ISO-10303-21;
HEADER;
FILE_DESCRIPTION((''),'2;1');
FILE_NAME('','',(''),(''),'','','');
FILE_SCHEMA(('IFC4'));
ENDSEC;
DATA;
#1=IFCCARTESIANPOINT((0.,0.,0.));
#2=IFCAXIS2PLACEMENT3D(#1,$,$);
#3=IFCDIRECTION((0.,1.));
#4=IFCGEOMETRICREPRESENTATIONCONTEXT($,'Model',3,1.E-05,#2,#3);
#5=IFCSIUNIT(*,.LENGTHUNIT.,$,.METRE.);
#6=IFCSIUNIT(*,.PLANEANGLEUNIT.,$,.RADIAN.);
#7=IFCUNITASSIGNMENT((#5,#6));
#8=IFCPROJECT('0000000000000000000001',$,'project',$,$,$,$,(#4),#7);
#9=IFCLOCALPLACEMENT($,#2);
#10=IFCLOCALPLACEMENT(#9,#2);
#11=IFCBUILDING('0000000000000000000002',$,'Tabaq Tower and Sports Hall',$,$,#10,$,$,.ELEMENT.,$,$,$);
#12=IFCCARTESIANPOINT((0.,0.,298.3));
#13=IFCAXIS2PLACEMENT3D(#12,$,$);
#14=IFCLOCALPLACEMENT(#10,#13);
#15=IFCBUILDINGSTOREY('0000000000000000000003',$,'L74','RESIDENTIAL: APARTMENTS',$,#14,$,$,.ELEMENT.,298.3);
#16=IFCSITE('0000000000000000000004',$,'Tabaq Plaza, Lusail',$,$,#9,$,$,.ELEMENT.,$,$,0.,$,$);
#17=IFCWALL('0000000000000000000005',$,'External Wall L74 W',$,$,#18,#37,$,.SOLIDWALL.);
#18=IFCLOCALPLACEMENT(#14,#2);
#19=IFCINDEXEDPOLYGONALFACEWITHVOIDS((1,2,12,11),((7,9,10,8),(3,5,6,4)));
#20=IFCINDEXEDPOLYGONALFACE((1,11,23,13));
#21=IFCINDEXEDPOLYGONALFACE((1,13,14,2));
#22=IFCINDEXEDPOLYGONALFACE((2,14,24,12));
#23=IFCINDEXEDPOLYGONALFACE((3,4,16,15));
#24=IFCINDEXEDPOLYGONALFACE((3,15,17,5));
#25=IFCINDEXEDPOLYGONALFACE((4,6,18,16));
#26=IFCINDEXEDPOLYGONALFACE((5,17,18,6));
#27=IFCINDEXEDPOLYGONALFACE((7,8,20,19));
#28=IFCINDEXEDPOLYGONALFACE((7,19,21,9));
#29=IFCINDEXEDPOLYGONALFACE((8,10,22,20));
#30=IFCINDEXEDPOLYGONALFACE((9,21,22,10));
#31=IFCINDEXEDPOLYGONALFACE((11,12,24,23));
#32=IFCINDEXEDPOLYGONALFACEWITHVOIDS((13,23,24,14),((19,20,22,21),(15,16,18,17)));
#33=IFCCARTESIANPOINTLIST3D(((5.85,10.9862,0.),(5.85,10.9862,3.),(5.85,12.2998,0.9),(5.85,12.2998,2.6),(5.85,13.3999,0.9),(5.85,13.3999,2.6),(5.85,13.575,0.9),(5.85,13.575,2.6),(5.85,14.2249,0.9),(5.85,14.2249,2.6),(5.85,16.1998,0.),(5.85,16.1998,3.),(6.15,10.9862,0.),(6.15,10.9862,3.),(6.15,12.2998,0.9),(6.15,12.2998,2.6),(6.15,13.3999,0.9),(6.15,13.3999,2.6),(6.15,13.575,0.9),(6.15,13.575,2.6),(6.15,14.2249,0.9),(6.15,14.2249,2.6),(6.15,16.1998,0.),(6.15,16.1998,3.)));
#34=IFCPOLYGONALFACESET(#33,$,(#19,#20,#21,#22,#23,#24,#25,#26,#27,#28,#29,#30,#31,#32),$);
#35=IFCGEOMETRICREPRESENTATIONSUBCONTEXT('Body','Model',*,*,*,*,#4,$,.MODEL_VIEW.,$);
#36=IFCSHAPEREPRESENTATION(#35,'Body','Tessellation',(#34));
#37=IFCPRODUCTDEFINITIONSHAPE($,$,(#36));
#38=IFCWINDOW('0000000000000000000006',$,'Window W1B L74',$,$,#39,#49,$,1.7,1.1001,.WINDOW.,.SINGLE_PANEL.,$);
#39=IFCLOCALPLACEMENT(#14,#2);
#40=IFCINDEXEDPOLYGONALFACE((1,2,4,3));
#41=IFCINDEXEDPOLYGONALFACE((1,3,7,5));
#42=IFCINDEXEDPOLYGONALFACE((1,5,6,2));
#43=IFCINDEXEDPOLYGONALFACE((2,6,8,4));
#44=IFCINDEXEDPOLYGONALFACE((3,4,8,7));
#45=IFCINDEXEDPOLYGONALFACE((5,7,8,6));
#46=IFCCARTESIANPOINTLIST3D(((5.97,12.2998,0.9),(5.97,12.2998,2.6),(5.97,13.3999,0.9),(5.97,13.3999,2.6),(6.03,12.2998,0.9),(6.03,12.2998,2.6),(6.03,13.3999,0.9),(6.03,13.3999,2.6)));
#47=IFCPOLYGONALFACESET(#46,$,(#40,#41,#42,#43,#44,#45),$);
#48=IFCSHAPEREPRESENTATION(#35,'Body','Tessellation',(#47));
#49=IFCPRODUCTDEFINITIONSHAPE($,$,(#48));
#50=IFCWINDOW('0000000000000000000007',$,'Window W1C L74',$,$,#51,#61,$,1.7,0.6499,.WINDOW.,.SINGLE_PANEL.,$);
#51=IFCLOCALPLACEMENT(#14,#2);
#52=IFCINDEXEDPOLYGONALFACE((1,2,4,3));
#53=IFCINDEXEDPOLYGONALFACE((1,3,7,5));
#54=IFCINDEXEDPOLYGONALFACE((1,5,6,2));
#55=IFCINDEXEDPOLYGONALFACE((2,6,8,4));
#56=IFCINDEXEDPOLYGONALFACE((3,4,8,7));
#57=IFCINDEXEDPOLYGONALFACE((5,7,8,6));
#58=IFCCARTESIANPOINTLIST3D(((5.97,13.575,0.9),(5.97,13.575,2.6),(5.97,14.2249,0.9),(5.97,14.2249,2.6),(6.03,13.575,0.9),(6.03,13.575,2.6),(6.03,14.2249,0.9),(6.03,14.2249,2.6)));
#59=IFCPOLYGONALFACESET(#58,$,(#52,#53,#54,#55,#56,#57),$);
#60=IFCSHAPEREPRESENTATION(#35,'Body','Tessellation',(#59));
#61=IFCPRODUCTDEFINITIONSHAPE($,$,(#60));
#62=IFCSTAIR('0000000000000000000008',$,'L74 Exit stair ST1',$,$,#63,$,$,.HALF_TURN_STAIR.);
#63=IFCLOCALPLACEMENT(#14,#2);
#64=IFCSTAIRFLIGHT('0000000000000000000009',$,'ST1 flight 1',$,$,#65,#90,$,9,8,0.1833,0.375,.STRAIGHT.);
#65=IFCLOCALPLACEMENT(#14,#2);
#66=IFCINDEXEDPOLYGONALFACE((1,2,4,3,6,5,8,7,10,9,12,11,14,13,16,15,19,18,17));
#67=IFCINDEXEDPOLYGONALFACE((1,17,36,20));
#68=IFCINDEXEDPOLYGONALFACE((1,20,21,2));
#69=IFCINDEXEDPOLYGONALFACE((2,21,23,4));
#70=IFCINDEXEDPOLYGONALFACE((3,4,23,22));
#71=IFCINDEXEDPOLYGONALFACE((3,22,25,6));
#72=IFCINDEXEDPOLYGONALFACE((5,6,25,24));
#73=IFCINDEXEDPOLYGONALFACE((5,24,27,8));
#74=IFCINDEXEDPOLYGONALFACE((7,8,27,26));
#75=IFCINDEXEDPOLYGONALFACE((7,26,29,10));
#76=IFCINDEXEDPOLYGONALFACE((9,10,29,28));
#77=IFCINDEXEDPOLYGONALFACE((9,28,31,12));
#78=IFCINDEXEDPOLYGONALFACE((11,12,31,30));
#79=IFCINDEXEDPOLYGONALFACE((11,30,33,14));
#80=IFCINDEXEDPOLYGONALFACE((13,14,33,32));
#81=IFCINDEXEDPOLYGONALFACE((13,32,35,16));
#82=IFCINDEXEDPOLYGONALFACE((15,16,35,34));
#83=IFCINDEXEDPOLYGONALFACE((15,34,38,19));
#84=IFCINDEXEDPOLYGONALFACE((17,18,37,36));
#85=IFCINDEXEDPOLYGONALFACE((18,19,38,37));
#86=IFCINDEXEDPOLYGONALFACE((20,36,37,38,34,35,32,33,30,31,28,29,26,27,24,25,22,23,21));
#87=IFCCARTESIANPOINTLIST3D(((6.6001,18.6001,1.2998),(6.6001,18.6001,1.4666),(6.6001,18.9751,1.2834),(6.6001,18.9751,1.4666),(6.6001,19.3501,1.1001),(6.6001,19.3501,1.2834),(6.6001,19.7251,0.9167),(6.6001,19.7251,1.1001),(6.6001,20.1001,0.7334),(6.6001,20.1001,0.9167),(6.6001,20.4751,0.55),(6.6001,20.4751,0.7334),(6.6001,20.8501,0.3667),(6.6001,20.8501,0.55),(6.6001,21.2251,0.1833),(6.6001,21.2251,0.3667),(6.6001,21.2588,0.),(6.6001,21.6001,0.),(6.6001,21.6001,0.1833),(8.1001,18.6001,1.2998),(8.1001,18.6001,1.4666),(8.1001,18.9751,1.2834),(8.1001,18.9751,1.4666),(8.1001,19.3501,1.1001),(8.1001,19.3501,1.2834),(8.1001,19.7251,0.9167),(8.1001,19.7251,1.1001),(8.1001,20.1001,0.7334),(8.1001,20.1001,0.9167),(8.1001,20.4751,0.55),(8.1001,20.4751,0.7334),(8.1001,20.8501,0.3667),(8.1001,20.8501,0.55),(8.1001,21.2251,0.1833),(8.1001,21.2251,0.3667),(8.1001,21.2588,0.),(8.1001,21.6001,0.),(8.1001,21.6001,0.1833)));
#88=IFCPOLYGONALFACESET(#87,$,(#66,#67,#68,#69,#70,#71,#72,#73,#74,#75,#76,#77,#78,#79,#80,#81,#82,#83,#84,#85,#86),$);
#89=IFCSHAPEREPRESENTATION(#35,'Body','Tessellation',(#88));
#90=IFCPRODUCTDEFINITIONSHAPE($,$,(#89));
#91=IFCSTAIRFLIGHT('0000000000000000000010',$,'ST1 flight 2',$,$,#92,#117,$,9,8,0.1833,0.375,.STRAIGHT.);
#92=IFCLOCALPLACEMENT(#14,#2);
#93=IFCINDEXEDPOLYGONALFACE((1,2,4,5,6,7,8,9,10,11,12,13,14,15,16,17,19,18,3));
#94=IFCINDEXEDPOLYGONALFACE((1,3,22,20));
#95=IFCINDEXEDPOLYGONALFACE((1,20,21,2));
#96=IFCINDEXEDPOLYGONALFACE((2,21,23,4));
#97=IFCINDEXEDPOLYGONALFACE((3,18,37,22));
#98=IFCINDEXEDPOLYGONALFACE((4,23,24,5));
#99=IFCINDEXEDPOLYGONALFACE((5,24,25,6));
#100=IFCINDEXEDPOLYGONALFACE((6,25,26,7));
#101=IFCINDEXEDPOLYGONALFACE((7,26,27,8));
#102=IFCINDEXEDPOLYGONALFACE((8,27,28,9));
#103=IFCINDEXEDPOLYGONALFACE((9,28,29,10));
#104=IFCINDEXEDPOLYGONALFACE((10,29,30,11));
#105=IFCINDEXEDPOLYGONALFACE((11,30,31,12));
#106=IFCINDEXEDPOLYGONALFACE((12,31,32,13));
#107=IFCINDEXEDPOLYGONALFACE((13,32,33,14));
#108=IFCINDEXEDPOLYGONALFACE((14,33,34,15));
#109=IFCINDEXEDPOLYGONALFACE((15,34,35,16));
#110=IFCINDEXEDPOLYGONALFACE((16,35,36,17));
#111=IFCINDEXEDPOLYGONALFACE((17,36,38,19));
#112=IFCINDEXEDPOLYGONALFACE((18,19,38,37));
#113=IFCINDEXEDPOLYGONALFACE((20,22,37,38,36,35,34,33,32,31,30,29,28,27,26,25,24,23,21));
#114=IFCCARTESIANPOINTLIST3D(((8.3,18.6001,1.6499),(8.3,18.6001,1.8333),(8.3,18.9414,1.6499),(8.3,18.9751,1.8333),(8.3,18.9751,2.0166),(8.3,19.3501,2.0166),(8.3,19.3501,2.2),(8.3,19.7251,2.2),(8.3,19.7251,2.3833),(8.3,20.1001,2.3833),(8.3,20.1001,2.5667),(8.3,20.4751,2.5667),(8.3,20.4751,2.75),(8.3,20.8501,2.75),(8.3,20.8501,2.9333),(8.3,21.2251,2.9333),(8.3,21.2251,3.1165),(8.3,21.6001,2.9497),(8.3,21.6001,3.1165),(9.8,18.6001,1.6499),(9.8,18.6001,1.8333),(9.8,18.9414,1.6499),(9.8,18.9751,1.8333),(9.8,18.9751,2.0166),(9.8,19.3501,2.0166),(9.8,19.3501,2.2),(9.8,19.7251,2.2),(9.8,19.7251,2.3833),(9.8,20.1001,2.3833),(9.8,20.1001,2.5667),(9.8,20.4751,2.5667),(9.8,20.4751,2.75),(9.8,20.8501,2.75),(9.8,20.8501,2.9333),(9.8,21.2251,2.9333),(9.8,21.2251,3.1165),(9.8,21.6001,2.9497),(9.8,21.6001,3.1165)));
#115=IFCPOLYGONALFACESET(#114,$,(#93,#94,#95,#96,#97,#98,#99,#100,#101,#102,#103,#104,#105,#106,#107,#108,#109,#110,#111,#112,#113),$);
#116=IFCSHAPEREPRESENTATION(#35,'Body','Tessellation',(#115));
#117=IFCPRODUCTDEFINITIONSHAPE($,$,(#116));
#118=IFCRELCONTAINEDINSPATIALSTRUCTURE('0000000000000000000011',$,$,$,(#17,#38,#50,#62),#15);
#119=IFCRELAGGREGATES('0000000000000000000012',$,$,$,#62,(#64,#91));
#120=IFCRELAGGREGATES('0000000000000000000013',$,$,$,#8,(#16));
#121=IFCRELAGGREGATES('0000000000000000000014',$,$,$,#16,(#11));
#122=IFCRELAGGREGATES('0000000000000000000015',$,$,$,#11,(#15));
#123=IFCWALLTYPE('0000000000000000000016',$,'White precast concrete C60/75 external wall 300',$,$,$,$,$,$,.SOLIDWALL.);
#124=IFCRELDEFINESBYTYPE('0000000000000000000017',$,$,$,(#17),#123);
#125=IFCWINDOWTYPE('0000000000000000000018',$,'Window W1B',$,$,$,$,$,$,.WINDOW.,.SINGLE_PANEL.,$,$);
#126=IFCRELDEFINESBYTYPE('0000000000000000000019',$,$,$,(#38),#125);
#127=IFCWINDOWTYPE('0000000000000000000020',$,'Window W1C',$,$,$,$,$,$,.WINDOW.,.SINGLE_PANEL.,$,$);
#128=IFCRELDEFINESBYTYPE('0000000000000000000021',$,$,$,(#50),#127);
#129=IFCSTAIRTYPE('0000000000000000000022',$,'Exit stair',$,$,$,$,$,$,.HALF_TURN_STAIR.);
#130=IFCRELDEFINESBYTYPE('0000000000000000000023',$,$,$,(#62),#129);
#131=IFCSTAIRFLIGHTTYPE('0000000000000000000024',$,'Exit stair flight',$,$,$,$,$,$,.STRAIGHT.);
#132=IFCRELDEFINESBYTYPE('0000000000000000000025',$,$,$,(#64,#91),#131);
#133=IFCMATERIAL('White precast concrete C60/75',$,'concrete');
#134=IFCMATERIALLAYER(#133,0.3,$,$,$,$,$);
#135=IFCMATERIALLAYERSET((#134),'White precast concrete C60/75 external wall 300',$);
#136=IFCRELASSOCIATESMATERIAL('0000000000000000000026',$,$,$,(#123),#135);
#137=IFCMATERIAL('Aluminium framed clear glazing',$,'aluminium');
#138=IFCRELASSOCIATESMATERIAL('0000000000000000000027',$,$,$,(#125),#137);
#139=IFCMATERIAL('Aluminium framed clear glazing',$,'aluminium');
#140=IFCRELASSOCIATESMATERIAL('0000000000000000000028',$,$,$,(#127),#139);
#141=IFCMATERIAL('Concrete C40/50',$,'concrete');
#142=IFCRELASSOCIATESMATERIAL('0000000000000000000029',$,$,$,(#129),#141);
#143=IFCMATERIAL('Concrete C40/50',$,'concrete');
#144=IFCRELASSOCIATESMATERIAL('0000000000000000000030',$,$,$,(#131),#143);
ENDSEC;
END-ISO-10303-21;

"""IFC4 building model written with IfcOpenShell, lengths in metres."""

from ifc_helpers import new_model, si_unit, direction, frame, frame_2d, origin, place, context, subcontext, project, spatial, polyline, rectangle, outline, extrude, material, layer, layer_set, type_object, element, fill, aggregate, save


model = new_model("IFC4")

# Units and contexts
model_context = context("Model", 3, precision=1e-05, world=origin(), true_north=direction((0.0, 1.0)))
body_context = subcontext(model_context, "Body", "Model", "MODEL_VIEW")
ifc_project = project(units=[si_unit("LENGTHUNIT", "METRE"), si_unit("PLANEANGLEUNIT", "RADIAN")], contexts=[model_context])

# Site, building, storey
site_placement = place(None, origin())
site = spatial("IfcSite", under=ifc_project, at=site_placement, Name="Tabaq Plaza, Lusail", CompositionType="ELEMENT", RefElevation=0.0)
building_placement = place(site_placement, origin())
building = spatial("IfcBuilding", under=site, at=building_placement, Name="Tabaq Tower and Sports Hall", CompositionType="ELEMENT")
storey_placement = place(building_placement, frame((0.0, 0.0, 298.3)))
storey = spatial("IfcBuildingStorey", under=building, at=storey_placement, Name="L74", Description="RESIDENTIAL: APARTMENTS", CompositionType="ELEMENT", Elevation=298.3)

# Wall, openings, windows
ifc_material_1 = material(Name="White precast concrete C60/75", Category="concrete")
ifc_layer_1 = layer(ifc_material_1, 0.3)
ifc_layer_set_1 = layer_set([ifc_layer_1], Name="White precast concrete C60/75 external wall 300")
wall_type_1 = type_object("IfcWallType", Name="White precast concrete C60/75 external wall 300", PredefinedType="SOLIDWALL", material=ifc_layer_set_1)
wall_1_placement = place(storey_placement, frame((6.0, 16.2, 0.0), z_axis=(0.0, 0.0, 1.0), x_axis=(0.0, -1.0, 0.0)))
wall_1 = element("IfcWall", 1, at=wall_1_placement, inside=storey, type_object=wall_type_1, Name="External Wall L74 W", PredefinedType="SOLIDWALL", context=body_context, shape_type="SweptSolid", body=[
    extrude(rectangle(XDim=5.2136, YDim=0.3, at=frame_2d((2.6069, 0.0))), origin(), (0.0, 0.0, 1.0), 3.0),
])
opening_1_placement = place(wall_1_placement, frame((1.9751, 0.0, 0.8999)))
opening_1 = element("IfcOpeningElement", 2, at=opening_1_placement, cuts=wall_1, PredefinedType="OPENING", context=body_context, shape_type="SweptSolid", body=[
    extrude(rectangle(XDim=0.6499, YDim=1.7, at=frame_2d((0.325, 0.8501))), frame((0.0, 0.1602, 0.0), z_axis=(0.0, -1.0, 0.0), x_axis=(1.0, 0.0, 0.0)), (0.0, 0.0, 1.0), 0.3201),
])
opening_2_placement = place(wall_1_placement, frame((2.8, 0.0, 0.8999)))
opening_2 = element("IfcOpeningElement", 3, at=opening_2_placement, cuts=wall_1, PredefinedType="OPENING", context=body_context, shape_type="SweptSolid", body=[
    extrude(rectangle(XDim=1.1001, YDim=1.7, at=frame_2d((0.55, 0.8501))), frame((0.0, 0.1602, 0.0), z_axis=(0.0, -1.0, 0.0), x_axis=(1.0, 0.0, 0.0)), (0.0, 0.0, 1.0), 0.3201),
])
ifc_material_2 = material(Name="Aluminium framed clear glazing", Category="aluminium")
window_type_1 = type_object("IfcWindowType", Name="Window W1B", PartitioningType="SINGLE_PANEL", PredefinedType="WINDOW", material=ifc_material_2)
window_1_placement = place(opening_2_placement, origin())
window_1 = element("IfcWindow", 4, at=window_1_placement, inside=storey, type_object=window_type_1, Name="Window W1B L74", OverallHeight=1.7, OverallWidth=1.1001, PartitioningType="SINGLE_PANEL", PredefinedType="WINDOW", context=body_context, shape_type="SweptSolid", body=[
    extrude(rectangle(XDim=1.1001, YDim=1.7, at=frame_2d((0.55, 0.8501))), frame((0.0, 0.03, 0.0), z_axis=(0.0, -1.0, 0.0), x_axis=(1.0, 0.0, 0.0)), (0.0, 0.0, 1.0), 0.0601),
])
fill(opening_2, window_1)
ifc_material_3 = material(Name="Aluminium framed clear glazing", Category="aluminium")
window_type_2 = type_object("IfcWindowType", Name="Window W1C", PartitioningType="SINGLE_PANEL", PredefinedType="WINDOW", material=ifc_material_3)
window_2_placement = place(opening_1_placement, origin())
window_2 = element("IfcWindow", 5, at=window_2_placement, inside=storey, type_object=window_type_2, Name="Window W1C L74", OverallHeight=1.7, OverallWidth=0.6499, PartitioningType="SINGLE_PANEL", PredefinedType="WINDOW", context=body_context, shape_type="SweptSolid", body=[
    extrude(rectangle(XDim=0.6499, YDim=1.7, at=frame_2d((0.325, 0.8501))), frame((0.0, 0.03, 0.0), z_axis=(0.0, -1.0, 0.0), x_axis=(1.0, 0.0, 0.0)), (0.0, 0.0, 1.0), 0.0601),
])
fill(opening_1, window_2)

# Stair, stair flights
ifc_material_4 = material(Name="Concrete C40/50", Category="concrete")
stair_type = type_object("IfcStairType", Name="Exit stair", PredefinedType="HALF_TURN_STAIR", material=ifc_material_4)
stair_placement = place(storey_placement, origin())
stair = element("IfcStair", 6, at=stair_placement, inside=storey, type_object=stair_type, Name="L74 Exit stair ST1", PredefinedType="HALF_TURN_STAIR")
ifc_material_5 = material(Name="Concrete C40/50", Category="concrete")
stair_flight_type = type_object("IfcStairFlightType", Name="Exit stair flight", PredefinedType="STRAIGHT", material=ifc_material_5)
stair_flight_1_placement = place(storey_placement, frame((7.3501, 21.6001, 0.0), z_axis=(0.0, 0.0, 1.0), x_axis=(0.0, -1.0, 0.0)))
stair_flight_1 = element("IfcStairFlight", 7, at=stair_flight_1_placement, type_object=stair_flight_type, Name="ST1 flight 1", NumberOfRisers=9, NumberOfTreads=8, PredefinedType="STRAIGHT", RiserHeight=0.1833, TreadLength=0.375, context=body_context, shape_type="SweptSolid", body=[
    extrude(outline(polyline([(0.0, 0.0), (0.0, 0.1833), (0.375, 0.1833), (0.375, 0.3667), (0.75, 0.3667), (0.75, 0.55), (1.125, 0.55), (1.125, 0.7334), (1.5, 0.7334), (1.5, 0.9167), (1.875, 0.9167), (1.875, 1.1001), (2.25, 1.1001), (2.25, 1.2834), (2.625, 1.2834), (2.625, 1.4666), (3.0, 1.4666), (3.0, 1.6499), (3.0, 1.2998), (0.3413, 0.0), (0.0, 0.0)])), frame((0.0, 0.75, 0.0), z_axis=(0.0, -1.0, 0.0), x_axis=(1.0, 0.0, 0.0)), (0.0, 0.0, 1.0), 1.5),
])
stair_flight_2_placement = place(storey_placement, frame((9.05, 18.6001, 1.6499), z_axis=(0.0, 0.0, 1.0), x_axis=(0.0, 1.0, 0.0)))
stair_flight_2 = element("IfcStairFlight", 8, at=stair_flight_2_placement, type_object=stair_flight_type, Name="ST1 flight 2", NumberOfRisers=9, NumberOfTreads=8, PredefinedType="STRAIGHT", RiserHeight=0.1833, TreadLength=0.375, context=body_context, shape_type="SweptSolid", body=[
    extrude(outline(polyline([(0.0, 0.0), (0.0, 0.1833), (0.375, 0.1833), (0.375, 0.3667), (0.75, 0.3667), (0.75, 0.55), (1.125, 0.55), (1.125, 0.7334), (1.5, 0.7334), (1.5, 0.9167), (1.875, 0.9167), (1.875, 1.1001), (2.25, 1.1001), (2.25, 1.2834), (2.625, 1.2834), (2.625, 1.4666), (3.0, 1.4666), (3.0, 1.6499), (3.0, 1.2998), (0.3413, 0.0), (0.0, 0.0)])), frame((0.0, 0.75, 0.0), z_axis=(0.0, -1.0, 0.0), x_axis=(1.0, 0.0, 0.0)), (0.0, 0.0, 1.0), 1.5),
])
aggregate(stair, [stair_flight_1, stair_flight_2])

save(model, "model.ifc")
